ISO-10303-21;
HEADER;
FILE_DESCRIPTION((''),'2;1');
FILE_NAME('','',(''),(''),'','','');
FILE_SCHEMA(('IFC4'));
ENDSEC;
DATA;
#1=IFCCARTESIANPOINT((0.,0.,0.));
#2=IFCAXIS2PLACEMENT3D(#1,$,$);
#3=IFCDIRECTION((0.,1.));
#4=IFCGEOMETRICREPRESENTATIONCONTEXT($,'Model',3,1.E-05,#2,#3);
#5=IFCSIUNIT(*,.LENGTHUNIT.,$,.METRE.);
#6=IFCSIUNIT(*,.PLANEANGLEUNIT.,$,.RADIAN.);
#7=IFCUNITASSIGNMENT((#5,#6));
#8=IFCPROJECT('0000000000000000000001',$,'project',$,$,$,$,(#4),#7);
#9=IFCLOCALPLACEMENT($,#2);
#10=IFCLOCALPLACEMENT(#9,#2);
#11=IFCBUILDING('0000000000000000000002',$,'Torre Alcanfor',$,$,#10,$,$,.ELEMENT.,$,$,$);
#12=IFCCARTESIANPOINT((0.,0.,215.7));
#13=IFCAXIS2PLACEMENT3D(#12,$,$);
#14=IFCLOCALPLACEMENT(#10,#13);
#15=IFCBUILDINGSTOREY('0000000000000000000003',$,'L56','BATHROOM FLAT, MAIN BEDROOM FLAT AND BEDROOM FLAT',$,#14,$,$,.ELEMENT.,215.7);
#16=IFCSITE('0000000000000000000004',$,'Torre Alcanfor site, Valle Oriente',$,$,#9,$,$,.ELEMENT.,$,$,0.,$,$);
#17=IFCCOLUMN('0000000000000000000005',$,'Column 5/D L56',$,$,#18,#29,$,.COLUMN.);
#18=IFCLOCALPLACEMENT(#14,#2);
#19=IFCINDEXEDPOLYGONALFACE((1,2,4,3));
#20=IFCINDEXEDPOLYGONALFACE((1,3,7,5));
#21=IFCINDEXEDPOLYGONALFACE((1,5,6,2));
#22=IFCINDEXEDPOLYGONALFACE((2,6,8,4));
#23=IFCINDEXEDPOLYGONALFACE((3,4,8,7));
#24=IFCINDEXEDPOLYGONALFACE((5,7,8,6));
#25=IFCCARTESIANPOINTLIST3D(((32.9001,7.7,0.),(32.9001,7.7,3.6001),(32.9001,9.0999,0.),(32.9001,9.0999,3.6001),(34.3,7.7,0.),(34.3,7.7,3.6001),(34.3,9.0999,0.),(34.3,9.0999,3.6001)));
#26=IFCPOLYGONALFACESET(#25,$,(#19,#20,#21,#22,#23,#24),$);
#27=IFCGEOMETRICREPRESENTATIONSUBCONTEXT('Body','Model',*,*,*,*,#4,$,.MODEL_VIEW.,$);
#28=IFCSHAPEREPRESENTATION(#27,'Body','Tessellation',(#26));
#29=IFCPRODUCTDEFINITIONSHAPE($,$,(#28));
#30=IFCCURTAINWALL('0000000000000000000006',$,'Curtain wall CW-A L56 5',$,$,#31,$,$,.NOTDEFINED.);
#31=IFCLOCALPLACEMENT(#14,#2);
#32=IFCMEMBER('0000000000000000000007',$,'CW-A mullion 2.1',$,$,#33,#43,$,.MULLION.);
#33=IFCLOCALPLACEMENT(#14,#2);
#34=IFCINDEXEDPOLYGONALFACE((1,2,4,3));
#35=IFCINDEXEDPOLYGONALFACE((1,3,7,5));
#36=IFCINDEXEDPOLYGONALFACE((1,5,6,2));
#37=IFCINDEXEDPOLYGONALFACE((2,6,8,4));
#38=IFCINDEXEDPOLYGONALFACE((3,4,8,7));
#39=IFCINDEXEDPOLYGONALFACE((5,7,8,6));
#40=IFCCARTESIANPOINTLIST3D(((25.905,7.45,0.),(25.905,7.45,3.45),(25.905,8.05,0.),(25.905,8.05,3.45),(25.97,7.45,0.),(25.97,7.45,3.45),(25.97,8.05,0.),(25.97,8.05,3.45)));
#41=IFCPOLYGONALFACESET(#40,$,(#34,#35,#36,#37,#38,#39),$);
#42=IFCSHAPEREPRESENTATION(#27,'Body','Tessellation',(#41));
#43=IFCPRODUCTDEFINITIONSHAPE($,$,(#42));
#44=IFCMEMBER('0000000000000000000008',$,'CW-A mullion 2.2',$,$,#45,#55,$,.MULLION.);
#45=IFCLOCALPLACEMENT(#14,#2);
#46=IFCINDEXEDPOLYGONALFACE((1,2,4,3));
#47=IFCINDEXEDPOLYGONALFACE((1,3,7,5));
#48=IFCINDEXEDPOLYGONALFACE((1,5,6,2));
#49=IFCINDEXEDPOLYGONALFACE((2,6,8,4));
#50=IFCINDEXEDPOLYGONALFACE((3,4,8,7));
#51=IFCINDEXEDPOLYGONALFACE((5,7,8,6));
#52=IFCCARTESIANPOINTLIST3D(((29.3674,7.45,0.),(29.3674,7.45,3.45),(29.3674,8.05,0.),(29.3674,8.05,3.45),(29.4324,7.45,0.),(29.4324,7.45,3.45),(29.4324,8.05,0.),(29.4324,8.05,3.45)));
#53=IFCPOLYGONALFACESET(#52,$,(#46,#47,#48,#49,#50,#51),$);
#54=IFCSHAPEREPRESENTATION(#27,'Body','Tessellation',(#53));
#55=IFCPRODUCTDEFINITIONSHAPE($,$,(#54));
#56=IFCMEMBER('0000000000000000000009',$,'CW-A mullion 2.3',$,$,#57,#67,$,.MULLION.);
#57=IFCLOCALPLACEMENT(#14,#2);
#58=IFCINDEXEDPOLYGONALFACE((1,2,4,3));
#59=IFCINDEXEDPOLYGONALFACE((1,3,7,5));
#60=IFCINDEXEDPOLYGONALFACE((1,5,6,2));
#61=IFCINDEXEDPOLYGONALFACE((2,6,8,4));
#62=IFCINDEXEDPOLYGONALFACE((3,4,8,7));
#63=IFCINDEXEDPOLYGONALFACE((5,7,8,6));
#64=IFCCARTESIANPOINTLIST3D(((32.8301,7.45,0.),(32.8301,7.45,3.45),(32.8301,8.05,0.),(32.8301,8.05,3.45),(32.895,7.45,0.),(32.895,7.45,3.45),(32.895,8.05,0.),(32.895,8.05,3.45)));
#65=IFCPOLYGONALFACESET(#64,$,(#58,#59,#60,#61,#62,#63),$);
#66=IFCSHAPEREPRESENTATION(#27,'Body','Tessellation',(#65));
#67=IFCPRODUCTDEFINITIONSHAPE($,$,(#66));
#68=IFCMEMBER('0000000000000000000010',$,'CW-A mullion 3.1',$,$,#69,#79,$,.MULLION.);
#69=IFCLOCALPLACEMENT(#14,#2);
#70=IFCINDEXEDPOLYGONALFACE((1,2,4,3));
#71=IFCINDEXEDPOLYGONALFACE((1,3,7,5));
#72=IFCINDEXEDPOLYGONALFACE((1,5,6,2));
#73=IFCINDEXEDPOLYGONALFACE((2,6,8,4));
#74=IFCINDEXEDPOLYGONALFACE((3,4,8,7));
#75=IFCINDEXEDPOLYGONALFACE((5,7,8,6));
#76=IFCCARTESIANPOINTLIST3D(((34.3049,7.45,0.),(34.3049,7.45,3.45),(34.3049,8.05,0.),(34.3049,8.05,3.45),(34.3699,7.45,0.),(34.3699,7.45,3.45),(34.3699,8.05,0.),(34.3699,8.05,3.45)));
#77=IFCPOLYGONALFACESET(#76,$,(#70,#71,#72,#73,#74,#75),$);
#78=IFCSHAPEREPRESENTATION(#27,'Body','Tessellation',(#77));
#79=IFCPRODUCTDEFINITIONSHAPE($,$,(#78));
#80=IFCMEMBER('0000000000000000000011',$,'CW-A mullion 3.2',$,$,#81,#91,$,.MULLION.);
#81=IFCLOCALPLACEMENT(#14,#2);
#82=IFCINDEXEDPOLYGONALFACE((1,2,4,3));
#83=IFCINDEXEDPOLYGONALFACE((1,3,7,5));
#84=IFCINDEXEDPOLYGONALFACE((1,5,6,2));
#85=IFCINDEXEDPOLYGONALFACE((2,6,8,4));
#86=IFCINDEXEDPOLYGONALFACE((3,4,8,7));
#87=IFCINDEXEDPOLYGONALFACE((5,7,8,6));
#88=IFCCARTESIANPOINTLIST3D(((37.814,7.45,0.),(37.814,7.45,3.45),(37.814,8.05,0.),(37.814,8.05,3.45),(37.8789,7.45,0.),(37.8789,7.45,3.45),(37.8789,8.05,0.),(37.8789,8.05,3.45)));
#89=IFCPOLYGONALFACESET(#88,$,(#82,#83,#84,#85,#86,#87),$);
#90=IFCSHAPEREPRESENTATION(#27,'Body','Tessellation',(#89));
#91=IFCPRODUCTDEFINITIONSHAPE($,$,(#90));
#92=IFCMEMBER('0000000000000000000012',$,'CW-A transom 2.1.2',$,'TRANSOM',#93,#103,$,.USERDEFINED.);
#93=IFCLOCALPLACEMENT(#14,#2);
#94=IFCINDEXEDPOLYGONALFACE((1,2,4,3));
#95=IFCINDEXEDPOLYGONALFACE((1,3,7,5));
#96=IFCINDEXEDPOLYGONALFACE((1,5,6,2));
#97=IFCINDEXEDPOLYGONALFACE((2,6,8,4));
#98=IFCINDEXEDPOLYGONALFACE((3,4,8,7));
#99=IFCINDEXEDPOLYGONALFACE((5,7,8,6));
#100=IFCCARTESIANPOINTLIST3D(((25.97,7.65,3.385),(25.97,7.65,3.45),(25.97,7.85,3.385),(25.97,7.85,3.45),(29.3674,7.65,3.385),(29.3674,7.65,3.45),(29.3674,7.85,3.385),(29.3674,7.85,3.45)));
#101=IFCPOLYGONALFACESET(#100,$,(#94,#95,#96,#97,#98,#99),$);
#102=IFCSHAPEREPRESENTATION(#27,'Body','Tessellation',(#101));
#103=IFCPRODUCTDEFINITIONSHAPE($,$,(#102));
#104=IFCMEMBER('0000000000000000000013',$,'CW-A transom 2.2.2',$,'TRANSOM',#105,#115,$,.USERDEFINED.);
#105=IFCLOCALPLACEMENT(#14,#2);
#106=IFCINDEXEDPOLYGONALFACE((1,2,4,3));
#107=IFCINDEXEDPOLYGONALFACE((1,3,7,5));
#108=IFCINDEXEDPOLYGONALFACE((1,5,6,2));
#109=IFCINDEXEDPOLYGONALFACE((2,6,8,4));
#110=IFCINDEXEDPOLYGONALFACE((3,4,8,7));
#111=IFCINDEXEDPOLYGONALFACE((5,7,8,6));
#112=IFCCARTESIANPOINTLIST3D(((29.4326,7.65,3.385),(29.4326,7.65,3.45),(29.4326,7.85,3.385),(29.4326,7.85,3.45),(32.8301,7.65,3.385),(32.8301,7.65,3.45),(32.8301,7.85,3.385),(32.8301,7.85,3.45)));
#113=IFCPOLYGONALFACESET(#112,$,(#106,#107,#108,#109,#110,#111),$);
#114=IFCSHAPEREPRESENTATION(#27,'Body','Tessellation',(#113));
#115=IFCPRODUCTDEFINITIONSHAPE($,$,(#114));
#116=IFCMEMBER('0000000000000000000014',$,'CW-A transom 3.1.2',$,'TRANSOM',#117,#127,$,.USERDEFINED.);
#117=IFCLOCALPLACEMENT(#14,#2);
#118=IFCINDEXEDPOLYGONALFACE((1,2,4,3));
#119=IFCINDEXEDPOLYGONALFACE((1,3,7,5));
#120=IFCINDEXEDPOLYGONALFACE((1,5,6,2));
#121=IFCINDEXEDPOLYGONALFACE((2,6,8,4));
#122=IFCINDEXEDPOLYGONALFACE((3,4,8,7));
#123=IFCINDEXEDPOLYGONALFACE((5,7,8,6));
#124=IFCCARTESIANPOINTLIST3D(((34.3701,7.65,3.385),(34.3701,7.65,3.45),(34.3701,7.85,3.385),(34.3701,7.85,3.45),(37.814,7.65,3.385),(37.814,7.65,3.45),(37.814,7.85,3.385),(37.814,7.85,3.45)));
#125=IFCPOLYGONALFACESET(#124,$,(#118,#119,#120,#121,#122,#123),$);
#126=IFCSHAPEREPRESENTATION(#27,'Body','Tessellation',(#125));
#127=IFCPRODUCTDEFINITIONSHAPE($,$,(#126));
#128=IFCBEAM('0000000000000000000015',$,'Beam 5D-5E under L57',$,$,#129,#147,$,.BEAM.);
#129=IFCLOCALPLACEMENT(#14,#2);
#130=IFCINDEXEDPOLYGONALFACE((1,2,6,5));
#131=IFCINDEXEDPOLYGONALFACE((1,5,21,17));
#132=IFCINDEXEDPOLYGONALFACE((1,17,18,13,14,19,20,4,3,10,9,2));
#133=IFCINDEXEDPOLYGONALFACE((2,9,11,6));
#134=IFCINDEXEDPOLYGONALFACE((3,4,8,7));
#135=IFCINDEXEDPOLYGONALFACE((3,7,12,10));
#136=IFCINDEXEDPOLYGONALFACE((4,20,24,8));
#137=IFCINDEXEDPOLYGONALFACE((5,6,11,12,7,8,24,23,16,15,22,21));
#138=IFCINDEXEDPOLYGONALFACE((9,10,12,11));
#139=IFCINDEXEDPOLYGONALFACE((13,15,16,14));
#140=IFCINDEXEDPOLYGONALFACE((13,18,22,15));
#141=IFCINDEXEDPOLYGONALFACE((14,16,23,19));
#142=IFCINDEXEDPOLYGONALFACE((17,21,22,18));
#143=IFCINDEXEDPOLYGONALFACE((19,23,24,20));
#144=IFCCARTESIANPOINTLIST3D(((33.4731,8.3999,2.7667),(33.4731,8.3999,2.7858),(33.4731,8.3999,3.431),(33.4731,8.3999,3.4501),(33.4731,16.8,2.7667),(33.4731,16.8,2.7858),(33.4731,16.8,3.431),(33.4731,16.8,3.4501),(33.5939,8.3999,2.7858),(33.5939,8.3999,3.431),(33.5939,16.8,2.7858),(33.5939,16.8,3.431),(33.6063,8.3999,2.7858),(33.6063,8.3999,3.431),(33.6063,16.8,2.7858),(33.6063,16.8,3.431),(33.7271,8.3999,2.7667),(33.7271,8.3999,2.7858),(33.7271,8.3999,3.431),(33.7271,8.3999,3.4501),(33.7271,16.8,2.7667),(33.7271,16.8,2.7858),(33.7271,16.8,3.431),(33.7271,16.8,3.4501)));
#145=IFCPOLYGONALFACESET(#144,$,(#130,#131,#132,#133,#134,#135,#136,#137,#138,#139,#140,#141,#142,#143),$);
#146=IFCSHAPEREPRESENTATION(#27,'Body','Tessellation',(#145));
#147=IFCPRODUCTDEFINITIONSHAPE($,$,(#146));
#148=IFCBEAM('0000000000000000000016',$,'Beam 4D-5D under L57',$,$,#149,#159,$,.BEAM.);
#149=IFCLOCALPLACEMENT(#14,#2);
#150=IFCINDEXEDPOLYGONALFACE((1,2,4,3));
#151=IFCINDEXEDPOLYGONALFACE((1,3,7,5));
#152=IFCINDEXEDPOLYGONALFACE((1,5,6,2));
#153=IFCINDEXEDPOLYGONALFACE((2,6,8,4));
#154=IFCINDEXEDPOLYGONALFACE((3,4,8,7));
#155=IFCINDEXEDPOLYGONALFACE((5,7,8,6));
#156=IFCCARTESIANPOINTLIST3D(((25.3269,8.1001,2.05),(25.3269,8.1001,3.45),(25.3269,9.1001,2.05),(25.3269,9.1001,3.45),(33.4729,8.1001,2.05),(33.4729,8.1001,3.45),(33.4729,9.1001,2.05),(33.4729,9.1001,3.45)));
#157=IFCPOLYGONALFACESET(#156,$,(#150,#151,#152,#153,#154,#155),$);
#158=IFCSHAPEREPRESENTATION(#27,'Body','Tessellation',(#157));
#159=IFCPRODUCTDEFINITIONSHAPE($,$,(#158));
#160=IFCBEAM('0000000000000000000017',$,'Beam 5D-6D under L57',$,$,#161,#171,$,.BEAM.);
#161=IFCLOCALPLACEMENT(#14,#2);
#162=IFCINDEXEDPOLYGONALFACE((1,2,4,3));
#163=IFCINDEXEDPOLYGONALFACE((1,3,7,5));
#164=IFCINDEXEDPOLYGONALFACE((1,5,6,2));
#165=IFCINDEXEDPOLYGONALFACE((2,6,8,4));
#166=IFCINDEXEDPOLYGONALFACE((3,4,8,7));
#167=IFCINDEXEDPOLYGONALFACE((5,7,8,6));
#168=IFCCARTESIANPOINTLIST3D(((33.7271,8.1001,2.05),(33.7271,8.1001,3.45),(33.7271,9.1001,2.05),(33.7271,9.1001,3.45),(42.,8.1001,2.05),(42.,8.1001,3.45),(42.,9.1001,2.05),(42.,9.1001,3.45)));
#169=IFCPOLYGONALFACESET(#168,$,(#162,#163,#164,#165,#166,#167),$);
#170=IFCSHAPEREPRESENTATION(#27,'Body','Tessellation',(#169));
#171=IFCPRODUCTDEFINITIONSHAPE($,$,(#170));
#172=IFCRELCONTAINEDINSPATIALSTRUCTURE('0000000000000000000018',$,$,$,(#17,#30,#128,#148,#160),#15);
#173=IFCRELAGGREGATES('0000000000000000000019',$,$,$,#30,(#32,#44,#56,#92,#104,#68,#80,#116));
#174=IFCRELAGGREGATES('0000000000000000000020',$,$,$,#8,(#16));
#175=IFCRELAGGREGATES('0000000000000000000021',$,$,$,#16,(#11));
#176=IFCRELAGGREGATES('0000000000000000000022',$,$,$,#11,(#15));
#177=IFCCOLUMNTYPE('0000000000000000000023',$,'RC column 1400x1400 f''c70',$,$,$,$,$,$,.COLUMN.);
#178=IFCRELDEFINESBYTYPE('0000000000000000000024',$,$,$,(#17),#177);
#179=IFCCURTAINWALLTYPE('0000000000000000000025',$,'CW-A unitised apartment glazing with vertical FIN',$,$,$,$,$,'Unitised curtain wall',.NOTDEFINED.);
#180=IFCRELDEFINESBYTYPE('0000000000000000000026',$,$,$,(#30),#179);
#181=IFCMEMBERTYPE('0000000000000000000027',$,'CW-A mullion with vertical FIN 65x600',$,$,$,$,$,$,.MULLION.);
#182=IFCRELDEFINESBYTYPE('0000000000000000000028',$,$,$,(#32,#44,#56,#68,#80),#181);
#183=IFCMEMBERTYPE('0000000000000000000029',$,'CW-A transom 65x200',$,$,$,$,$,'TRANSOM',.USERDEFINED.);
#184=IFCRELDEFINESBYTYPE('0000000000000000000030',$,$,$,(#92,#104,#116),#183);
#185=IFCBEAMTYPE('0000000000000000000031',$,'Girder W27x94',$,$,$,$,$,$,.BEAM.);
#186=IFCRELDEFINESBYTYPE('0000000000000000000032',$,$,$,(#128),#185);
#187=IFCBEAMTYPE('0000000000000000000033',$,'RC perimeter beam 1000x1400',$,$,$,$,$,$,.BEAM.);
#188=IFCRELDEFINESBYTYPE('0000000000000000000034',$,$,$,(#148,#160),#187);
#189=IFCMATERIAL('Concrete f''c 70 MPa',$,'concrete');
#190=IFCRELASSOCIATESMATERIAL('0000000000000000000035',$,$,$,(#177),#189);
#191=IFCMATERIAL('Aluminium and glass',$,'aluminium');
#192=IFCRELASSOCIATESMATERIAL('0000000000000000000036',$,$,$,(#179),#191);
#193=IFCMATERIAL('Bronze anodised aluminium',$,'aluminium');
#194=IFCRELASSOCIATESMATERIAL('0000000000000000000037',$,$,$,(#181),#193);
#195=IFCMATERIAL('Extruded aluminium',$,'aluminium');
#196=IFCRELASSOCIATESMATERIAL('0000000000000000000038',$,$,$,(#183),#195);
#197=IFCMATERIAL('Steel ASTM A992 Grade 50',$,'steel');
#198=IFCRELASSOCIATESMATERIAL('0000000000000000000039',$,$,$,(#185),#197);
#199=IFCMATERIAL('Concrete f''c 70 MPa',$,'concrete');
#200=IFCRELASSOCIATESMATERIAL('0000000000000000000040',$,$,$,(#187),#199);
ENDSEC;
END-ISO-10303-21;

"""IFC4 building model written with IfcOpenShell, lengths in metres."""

from ifc_helpers import new_model, si_unit, direction, frame, origin, origin_2d, place, context, subcontext, project, spatial, rectangle, i_section, extrude, material, material_profile, profile_set, type_object, element, aggregate, save


model = new_model("IFC4")

# Units and contexts
model_context = context("Model", 3, precision=1e-05, world=origin(), true_north=direction((0.0, 1.0)))
body_context = subcontext(model_context, "Body", "Model", "MODEL_VIEW")
ifc_project = project(units=[si_unit("LENGTHUNIT", "METRE"), si_unit("PLANEANGLEUNIT", "RADIAN")], contexts=[model_context])

# Site, building, storey
site_placement = place(None, origin())
site = spatial("IfcSite", under=ifc_project, at=site_placement, Name="Torre Alcanfor site, Valle Oriente", CompositionType="ELEMENT", RefElevation=0.0)
building_placement = place(site_placement, origin())
building = spatial("IfcBuilding", under=site, at=building_placement, Name="Torre Alcanfor", CompositionType="ELEMENT")
storey_placement = place(building_placement, frame((0.0, 0.0, 215.7)))
storey = spatial("IfcBuildingStorey", under=building, at=storey_placement, Name="L56", Description="BATHROOM FLAT, MAIN BEDROOM FLAT AND BEDROOM FLAT", CompositionType="ELEMENT", Elevation=215.7)

# Column
ifc_material_1 = material(Name="Concrete f'c 70 MPa", Category="concrete")
ifc_material_profile_1 = material_profile(ifc_material_1, rectangle(XDim=1.3999, YDim=1.3999, at=origin_2d()), Name="1400x1400")
ifc_profile_set_1 = profile_set([ifc_material_profile_1], Name="Concrete f'c 70 MPa")
column_type = type_object("IfcColumnType", Name="RC column 1400x1400 f'c70", PredefinedType="COLUMN", material=ifc_profile_set_1)
column_placement = place(storey_placement, frame((33.6001, 8.3999, 0.0), z_axis=(0.0, 0.0, 1.0), x_axis=(1.0, 0.0, 0.0)))
element("IfcColumn", 1, at=column_placement, inside=storey, type_object=column_type, Name="Column 5/D L56", PredefinedType="COLUMN", context=body_context, shape_type="SweptSolid", body=[
    extrude(rectangle(XDim=1.3999, YDim=1.3999, at=origin_2d()), origin(), (0.0, 0.0, 1.0), 3.6001),
])

# Curtain wall, members
ifc_material_2 = material(Name="Aluminium and glass", Category="aluminium")
curtain_wall_type = type_object("IfcCurtainWallType", Name="CW-A unitised apartment glazing with vertical FIN", ElementType="Unitised curtain wall", PredefinedType="NOTDEFINED", material=ifc_material_2)
curtain_wall_placement = place(storey_placement, origin())
curtain_wall = element("IfcCurtainWall", 2, at=curtain_wall_placement, inside=storey, type_object=curtain_wall_type, Name="Curtain wall CW-A L56 5", PredefinedType="NOTDEFINED")
ifc_material_3 = material(Name="Bronze anodised aluminium", Category="aluminium")
ifc_material_profile_2 = material_profile(ifc_material_3, rectangle(XDim=0.6001, YDim=0.0649, at=origin_2d()), Name="CW-A mullion 65x600")
ifc_profile_set_2 = profile_set([ifc_material_profile_2], Name="Bronze anodised aluminium")
member_type_1 = type_object("IfcMemberType", Name="CW-A mullion with vertical FIN 65x600", PredefinedType="MULLION", material=ifc_profile_set_2)
member_1_placement = place(storey_placement, frame((25.9375, 7.75, 0.0), z_axis=(0.0, 0.0, 1.0), x_axis=(0.0, 1.0, 0.0)))
member_1 = element("IfcMember", 3, at=member_1_placement, type_object=member_type_1, Name="CW-A mullion 2.1", PredefinedType="MULLION", context=body_context, shape_type="SweptSolid", body=[
    extrude(rectangle(XDim=0.6001, YDim=0.0649, at=origin_2d()), origin(), (0.0, 0.0, 1.0), 3.45),
])
member_2_placement = place(storey_placement, frame((29.3999, 7.75, 0.0), z_axis=(0.0, 0.0, 1.0), x_axis=(0.0, 1.0, 0.0)))
member_2 = element("IfcMember", 4, at=member_2_placement, type_object=member_type_1, Name="CW-A mullion 2.2", PredefinedType="MULLION", context=body_context, shape_type="SweptSolid", body=[
    extrude(rectangle(XDim=0.6001, YDim=0.0649, at=origin_2d()), origin(), (0.0, 0.0, 1.0), 3.45),
])
member_3_placement = place(storey_placement, frame((32.8625, 7.75, 0.0), z_axis=(0.0, 0.0, 1.0), x_axis=(0.0, 1.0, 0.0)))
member_3 = element("IfcMember", 5, at=member_3_placement, type_object=member_type_1, Name="CW-A mullion 2.3", PredefinedType="MULLION", context=body_context, shape_type="SweptSolid", body=[
    extrude(rectangle(XDim=0.6001, YDim=0.0649, at=origin_2d()), origin(), (0.0, 0.0, 1.0), 3.45),
])
member_4_placement = place(storey_placement, frame((34.3374, 7.75, 0.0), z_axis=(0.0, 0.0, 1.0), x_axis=(0.0, 1.0, 0.0)))
member_4 = element("IfcMember", 6, at=member_4_placement, type_object=member_type_1, Name="CW-A mullion 3.1", PredefinedType="MULLION", context=body_context, shape_type="SweptSolid", body=[
    extrude(rectangle(XDim=0.6001, YDim=0.0649, at=origin_2d()), origin(), (0.0, 0.0, 1.0), 3.45),
])
member_5_placement = place(storey_placement, frame((37.8464, 7.75, 0.0), z_axis=(0.0, 0.0, 1.0), x_axis=(0.0, 1.0, 0.0)))
member_5 = element("IfcMember", 7, at=member_5_placement, type_object=member_type_1, Name="CW-A mullion 3.2", PredefinedType="MULLION", context=body_context, shape_type="SweptSolid", body=[
    extrude(rectangle(XDim=0.6001, YDim=0.0649, at=origin_2d()), origin(), (0.0, 0.0, 1.0), 3.45),
])
ifc_material_4 = material(Name="Extruded aluminium", Category="aluminium")
ifc_material_profile_3 = material_profile(ifc_material_4, rectangle(XDim=0.2, YDim=0.0649, at=origin_2d()), Name="CW-A transom 200x65")
ifc_profile_set_3 = profile_set([ifc_material_profile_3], Name="Extruded aluminium")
member_type_2 = type_object("IfcMemberType", Name="CW-A transom 65x200", ElementType="TRANSOM", PredefinedType="USERDEFINED", material=ifc_profile_set_3)
member_6_placement = place(storey_placement, frame((25.97, 7.75, 3.4175), z_axis=(1.0, 0.0, 0.0), x_axis=(0.0, 1.0, 0.0)))
member_6 = element("IfcMember", 8, at=member_6_placement, type_object=member_type_2, Name="CW-A transom 2.1.2", ObjectType="TRANSOM", PredefinedType="USERDEFINED", context=body_context, shape_type="SweptSolid", body=[
    extrude(rectangle(XDim=0.2, YDim=0.0649, at=origin_2d()), origin(), (0.0, 0.0, 1.0), 3.3975),
])
member_7_placement = place(storey_placement, frame((29.4326, 7.75, 3.4175), z_axis=(1.0, 0.0, 0.0), x_axis=(0.0, 1.0, 0.0)))
member_7 = element("IfcMember", 9, at=member_7_placement, type_object=member_type_2, Name="CW-A transom 2.2.2", ObjectType="TRANSOM", PredefinedType="USERDEFINED", context=body_context, shape_type="SweptSolid", body=[
    extrude(rectangle(XDim=0.2, YDim=0.0649, at=origin_2d()), origin(), (0.0, 0.0, 1.0), 3.3975),
])
member_8_placement = place(storey_placement, frame((34.3701, 7.75, 3.4175), z_axis=(1.0, 0.0, 0.0), x_axis=(0.0, 1.0, 0.0)))
member_8 = element("IfcMember", 10, at=member_8_placement, type_object=member_type_2, Name="CW-A transom 3.1.2", ObjectType="TRANSOM", PredefinedType="USERDEFINED", context=body_context, shape_type="SweptSolid", body=[
    extrude(rectangle(XDim=0.2, YDim=0.0649, at=origin_2d()), origin(), (0.0, 0.0, 1.0), 3.4438),
])

# Beams
ifc_material_5 = material(Name="Steel ASTM A992 Grade 50", Category="steel")
ifc_material_profile_4 = material_profile(ifc_material_5, i_section(OverallWidth=0.2539, OverallDepth=0.6833, WebThickness=0.0125, FlangeThickness=0.019, at=origin_2d()), Name="W27x94")
ifc_profile_set_4 = profile_set([ifc_material_profile_4], Name="Steel ASTM A992 Grade 50")
beam_type_1 = type_object("IfcBeamType", Name="Girder W27x94", PredefinedType="BEAM", material=ifc_profile_set_4)
beam_1_placement = place(storey_placement, frame((33.6001, 8.3999, 3.1084), z_axis=(0.0, 1.0, 0.0), x_axis=(-1.0, 0.0, 0.0)))
element("IfcBeam", 11, at=beam_1_placement, inside=storey, type_object=beam_type_1, Name="Beam 5D-5E under L57", PredefinedType="BEAM", context=body_context, shape_type="SweptSolid", body=[
    extrude(i_section(OverallWidth=0.2539, OverallDepth=0.6833, WebThickness=0.0125, FlangeThickness=0.019, at=origin_2d()), origin(), (0.0, 0.0, 1.0), 8.4001),
])
ifc_material_6 = material(Name="Concrete f'c 70 MPa", Category="concrete")
ifc_material_profile_5 = material_profile(ifc_material_6, rectangle(XDim=1.0, YDim=1.3999, at=origin_2d()), Name="1000x1400")
ifc_profile_set_5 = profile_set([ifc_material_profile_5], Name="Concrete f'c 70 MPa")
beam_type_2 = type_object("IfcBeamType", Name="RC perimeter beam 1000x1400", PredefinedType="BEAM", material=ifc_profile_set_5)
beam_2_placement = place(storey_placement, frame((25.3269, 8.6001, 2.75), z_axis=(1.0, 0.0, 0.0), x_axis=(0.0, 1.0, 0.0)))
element("IfcBeam", 12, at=beam_2_placement, inside=storey, type_object=beam_type_2, Name="Beam 4D-5D under L57", PredefinedType="BEAM", context=body_context, shape_type="SweptSolid", body=[
    extrude(rectangle(XDim=1.0, YDim=1.3999, at=origin_2d()), origin(), (0.0, 0.0, 1.0), 8.146),
])
beam_3_placement = place(storey_placement, frame((33.7271, 8.6001, 2.75), z_axis=(1.0, 0.0, 0.0), x_axis=(0.0, 1.0, 0.0)))
element("IfcBeam", 13, at=beam_3_placement, inside=storey, type_object=beam_type_2, Name="Beam 5D-6D under L57", PredefinedType="BEAM", context=body_context, shape_type="SweptSolid", body=[
    extrude(rectangle(XDim=1.0, YDim=1.3999, at=origin_2d()), origin(), (0.0, 0.0, 1.0), 8.2729),
])

aggregate(curtain_wall, [member_1, member_2, member_3, member_6, member_7, member_4, member_5, member_8])

save(model, "model.ifc")
